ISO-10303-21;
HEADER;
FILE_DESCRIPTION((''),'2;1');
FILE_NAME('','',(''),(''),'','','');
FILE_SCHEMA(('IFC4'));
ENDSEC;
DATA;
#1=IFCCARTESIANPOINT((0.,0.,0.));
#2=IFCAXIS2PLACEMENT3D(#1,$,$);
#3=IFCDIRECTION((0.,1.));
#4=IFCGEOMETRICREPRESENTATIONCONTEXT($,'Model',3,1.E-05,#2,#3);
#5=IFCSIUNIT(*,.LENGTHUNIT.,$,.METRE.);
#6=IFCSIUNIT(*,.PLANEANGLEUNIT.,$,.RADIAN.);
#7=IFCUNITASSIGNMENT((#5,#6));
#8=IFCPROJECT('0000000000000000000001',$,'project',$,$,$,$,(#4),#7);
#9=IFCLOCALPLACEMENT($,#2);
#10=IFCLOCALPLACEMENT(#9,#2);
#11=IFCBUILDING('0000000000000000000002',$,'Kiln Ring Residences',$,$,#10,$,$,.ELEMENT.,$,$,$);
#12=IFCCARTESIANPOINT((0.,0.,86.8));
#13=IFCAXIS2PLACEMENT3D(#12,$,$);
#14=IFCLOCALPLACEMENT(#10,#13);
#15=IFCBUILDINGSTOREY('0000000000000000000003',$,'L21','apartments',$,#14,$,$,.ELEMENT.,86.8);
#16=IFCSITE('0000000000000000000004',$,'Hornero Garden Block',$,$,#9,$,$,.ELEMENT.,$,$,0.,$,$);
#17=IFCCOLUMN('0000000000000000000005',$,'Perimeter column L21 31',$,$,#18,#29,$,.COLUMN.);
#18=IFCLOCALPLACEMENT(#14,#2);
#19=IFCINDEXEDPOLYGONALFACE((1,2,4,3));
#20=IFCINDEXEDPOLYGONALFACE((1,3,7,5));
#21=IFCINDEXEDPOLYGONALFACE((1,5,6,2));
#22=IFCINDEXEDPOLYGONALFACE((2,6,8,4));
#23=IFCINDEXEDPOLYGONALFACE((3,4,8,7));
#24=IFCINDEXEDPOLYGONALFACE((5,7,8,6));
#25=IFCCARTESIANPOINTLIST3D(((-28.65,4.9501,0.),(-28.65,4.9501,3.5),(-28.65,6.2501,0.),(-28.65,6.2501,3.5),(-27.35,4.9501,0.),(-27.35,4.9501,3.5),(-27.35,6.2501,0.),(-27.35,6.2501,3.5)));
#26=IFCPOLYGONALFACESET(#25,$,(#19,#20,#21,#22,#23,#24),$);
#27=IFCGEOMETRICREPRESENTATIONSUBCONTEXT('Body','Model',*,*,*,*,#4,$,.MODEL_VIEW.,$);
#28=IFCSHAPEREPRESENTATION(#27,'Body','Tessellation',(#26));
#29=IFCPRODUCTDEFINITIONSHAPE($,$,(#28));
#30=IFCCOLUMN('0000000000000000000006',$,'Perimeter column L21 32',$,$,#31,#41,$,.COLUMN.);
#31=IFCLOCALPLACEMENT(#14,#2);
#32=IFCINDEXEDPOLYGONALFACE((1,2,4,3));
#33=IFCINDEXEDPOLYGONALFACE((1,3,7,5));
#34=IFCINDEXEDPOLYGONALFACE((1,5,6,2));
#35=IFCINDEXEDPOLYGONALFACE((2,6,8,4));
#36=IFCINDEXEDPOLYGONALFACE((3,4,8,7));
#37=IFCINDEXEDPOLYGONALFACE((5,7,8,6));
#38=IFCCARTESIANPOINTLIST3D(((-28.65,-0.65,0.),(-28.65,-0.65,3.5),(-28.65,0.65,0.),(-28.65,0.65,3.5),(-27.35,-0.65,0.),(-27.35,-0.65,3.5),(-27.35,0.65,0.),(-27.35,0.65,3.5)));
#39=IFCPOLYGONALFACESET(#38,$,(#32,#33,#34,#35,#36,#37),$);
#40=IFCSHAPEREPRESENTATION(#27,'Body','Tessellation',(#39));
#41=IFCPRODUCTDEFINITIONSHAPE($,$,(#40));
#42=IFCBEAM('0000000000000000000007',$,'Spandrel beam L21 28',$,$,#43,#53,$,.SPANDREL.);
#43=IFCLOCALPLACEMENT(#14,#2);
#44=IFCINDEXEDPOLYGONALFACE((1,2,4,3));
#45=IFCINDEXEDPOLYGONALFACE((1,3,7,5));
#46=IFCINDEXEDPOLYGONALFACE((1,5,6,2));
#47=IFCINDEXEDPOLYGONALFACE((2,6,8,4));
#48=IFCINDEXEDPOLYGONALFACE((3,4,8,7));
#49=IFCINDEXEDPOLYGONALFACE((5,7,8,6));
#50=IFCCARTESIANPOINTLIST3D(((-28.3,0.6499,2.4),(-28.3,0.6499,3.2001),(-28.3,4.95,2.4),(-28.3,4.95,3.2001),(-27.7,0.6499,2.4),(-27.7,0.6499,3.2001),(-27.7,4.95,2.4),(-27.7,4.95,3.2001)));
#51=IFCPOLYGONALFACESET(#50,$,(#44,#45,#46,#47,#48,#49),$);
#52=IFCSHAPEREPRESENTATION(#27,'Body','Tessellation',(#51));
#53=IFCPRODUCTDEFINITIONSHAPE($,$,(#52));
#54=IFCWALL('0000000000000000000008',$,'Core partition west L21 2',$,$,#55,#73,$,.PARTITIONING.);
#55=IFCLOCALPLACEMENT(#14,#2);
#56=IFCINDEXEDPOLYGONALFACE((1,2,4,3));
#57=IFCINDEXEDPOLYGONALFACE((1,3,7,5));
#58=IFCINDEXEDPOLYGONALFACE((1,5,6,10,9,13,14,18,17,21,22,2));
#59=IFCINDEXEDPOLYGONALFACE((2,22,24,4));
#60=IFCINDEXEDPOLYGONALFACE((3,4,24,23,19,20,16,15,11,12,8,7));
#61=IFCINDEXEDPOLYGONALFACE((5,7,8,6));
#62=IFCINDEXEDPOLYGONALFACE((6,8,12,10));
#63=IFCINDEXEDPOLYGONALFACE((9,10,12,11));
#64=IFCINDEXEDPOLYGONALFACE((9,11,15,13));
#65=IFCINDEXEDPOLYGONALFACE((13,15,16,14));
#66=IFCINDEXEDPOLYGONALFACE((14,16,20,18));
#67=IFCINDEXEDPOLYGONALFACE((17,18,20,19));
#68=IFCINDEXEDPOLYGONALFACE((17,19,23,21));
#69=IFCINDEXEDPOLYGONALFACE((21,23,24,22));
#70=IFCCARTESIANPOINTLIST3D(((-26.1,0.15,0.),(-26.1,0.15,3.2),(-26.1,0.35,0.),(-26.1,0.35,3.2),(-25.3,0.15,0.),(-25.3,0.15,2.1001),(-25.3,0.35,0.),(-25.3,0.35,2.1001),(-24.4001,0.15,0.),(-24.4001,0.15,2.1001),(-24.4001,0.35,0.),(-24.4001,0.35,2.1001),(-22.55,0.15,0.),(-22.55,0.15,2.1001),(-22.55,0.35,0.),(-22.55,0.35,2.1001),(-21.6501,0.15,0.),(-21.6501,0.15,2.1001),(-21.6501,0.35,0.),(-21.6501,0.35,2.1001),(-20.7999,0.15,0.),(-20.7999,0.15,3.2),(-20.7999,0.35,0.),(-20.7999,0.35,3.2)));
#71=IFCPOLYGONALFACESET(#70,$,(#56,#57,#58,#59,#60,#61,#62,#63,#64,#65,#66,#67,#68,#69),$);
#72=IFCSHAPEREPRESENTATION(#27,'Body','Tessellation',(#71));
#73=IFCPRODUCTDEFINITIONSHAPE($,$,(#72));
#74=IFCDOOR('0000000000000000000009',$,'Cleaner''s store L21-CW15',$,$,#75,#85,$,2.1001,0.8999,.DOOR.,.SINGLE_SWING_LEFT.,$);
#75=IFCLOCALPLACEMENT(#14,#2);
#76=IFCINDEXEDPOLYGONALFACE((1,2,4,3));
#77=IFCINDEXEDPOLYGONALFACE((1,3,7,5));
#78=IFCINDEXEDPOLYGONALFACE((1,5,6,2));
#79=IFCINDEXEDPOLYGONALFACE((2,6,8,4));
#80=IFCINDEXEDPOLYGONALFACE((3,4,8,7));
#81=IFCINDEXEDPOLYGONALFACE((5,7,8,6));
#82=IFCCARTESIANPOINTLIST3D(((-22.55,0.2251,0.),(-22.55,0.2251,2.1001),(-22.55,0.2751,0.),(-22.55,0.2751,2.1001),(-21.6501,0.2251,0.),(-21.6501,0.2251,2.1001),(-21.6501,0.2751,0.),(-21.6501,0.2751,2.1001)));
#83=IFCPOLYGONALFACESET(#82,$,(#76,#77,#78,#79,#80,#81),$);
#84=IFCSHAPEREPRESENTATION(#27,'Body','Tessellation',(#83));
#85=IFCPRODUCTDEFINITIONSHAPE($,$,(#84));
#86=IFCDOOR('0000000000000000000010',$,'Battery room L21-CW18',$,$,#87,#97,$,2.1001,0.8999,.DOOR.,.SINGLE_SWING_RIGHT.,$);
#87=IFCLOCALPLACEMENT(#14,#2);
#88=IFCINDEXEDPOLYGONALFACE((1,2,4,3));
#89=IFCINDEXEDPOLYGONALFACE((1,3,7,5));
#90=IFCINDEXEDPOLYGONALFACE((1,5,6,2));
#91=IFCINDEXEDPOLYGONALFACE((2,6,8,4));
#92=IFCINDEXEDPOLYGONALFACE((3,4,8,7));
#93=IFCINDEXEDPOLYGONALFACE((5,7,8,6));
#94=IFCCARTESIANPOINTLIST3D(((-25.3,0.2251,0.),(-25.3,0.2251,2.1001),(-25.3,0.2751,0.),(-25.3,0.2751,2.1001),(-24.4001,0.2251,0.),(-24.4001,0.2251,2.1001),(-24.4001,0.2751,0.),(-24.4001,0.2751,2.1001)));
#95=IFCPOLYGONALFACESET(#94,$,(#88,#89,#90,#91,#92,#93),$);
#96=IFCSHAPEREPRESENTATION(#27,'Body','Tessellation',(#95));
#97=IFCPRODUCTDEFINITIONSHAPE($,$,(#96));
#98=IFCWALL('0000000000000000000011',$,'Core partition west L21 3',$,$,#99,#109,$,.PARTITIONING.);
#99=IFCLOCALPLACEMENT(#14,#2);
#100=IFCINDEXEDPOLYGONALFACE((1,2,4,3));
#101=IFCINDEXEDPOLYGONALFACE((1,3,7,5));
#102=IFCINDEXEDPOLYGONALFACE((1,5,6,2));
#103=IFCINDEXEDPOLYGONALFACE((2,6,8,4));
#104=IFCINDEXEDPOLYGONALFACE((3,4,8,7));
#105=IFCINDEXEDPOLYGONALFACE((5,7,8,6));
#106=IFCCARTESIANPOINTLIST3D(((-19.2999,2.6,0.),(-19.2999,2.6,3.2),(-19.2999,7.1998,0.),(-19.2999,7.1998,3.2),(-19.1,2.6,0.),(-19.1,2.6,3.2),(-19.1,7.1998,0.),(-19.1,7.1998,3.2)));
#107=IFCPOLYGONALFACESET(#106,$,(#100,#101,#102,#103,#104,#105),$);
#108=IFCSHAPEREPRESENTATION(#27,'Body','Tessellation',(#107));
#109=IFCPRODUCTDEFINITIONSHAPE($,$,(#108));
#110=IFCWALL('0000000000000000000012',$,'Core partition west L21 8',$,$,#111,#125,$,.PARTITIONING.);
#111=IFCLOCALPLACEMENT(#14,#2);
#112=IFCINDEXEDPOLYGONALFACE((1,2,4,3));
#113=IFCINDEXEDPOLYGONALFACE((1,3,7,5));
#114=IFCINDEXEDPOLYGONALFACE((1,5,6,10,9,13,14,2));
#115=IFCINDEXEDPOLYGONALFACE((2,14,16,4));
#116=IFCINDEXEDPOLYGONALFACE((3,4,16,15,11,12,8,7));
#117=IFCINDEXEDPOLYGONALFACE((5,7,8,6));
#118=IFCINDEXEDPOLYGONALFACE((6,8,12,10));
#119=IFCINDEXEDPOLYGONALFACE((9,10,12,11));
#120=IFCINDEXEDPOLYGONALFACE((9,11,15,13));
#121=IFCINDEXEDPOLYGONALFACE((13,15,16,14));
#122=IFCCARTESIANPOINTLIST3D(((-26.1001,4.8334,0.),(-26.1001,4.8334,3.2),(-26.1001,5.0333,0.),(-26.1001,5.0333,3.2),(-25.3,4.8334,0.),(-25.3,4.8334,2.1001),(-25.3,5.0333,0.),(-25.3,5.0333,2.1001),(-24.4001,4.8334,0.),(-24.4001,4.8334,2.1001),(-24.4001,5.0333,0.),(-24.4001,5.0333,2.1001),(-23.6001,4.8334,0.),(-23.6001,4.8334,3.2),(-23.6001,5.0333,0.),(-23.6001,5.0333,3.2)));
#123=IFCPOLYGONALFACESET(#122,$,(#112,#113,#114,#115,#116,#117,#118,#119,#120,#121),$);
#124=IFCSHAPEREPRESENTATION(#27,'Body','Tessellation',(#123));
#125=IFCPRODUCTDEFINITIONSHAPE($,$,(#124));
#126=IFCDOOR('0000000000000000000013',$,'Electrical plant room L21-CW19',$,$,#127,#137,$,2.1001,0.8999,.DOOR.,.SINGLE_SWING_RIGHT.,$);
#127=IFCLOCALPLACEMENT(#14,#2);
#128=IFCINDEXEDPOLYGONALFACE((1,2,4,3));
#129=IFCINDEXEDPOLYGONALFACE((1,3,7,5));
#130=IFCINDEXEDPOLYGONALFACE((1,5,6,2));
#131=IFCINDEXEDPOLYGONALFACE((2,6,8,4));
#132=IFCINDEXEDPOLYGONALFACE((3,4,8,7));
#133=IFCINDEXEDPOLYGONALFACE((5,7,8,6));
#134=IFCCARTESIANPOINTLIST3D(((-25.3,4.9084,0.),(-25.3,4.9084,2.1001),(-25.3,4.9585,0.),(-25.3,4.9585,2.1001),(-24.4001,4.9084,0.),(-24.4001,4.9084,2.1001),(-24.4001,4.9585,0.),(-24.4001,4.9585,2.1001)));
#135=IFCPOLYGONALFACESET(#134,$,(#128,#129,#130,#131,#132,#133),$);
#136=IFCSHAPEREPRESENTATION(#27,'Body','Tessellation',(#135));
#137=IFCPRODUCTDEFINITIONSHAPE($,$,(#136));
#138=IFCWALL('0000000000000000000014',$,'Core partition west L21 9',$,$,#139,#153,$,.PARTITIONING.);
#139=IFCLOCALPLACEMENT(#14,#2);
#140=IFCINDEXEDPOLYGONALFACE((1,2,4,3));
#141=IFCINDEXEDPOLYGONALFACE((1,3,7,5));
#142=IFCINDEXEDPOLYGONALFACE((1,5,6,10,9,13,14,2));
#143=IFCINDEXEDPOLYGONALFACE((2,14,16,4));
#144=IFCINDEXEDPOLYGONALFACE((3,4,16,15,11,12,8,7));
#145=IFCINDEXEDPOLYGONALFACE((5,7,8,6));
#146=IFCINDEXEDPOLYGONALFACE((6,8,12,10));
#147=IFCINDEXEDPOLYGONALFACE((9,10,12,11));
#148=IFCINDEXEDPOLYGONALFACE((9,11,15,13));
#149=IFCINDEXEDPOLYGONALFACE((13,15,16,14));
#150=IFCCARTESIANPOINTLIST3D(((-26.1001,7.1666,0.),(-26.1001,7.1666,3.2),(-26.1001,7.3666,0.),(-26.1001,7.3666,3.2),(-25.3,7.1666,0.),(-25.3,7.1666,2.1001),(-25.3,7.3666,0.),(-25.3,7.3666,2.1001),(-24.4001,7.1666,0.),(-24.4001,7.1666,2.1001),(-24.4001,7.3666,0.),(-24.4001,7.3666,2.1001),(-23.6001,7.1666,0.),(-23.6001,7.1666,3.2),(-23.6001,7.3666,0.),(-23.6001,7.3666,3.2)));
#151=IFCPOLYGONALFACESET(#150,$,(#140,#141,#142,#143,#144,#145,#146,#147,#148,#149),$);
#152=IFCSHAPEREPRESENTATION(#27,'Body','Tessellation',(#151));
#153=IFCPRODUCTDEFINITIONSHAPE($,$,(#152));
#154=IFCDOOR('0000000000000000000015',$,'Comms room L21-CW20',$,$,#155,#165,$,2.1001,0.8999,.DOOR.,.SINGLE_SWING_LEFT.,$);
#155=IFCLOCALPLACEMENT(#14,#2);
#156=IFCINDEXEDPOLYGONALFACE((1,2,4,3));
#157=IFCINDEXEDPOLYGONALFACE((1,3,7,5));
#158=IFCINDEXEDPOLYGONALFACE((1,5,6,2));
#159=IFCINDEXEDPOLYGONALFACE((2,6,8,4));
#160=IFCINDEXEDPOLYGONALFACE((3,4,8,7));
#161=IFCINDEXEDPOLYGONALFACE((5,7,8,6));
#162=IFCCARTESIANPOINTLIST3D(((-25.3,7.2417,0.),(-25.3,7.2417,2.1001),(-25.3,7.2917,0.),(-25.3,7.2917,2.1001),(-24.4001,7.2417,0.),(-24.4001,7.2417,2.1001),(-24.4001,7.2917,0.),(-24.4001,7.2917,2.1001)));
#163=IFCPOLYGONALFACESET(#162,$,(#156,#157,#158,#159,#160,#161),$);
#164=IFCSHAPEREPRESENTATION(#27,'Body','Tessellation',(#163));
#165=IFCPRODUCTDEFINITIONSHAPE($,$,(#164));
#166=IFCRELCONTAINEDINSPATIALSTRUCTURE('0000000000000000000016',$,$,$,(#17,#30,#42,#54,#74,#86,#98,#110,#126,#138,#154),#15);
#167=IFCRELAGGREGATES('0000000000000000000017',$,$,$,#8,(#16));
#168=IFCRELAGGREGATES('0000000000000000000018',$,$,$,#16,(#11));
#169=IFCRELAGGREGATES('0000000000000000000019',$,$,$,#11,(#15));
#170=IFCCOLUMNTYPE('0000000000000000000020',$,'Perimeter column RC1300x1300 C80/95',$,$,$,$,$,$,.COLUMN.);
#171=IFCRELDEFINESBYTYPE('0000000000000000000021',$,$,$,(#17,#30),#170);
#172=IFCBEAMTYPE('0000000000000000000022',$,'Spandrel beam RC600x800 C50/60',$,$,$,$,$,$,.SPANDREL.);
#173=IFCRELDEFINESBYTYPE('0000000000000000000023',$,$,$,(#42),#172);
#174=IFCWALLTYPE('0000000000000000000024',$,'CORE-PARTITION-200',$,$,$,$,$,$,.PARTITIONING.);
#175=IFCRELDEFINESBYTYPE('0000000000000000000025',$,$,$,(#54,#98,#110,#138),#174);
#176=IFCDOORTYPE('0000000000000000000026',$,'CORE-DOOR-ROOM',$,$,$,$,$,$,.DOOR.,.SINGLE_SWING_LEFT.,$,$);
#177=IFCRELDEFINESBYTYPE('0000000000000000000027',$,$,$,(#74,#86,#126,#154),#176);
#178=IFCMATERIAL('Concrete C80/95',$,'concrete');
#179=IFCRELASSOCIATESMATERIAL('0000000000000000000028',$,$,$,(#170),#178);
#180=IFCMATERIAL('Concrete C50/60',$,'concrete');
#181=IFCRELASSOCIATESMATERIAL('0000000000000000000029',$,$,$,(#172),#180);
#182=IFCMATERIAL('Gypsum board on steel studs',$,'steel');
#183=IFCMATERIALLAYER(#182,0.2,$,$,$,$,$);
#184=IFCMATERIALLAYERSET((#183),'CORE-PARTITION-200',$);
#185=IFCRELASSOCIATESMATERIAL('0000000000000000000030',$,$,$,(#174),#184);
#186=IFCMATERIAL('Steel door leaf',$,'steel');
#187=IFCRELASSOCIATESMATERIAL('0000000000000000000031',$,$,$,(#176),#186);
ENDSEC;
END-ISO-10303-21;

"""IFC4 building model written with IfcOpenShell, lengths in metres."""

from ifc_helpers import new_model, si_unit, direction, frame, frame_2d, origin, origin_2d, place, context, subcontext, project, spatial, rectangle, extrude, material, layer, layer_set, material_profile, profile_set, type_object, element, fill, save


model = new_model("IFC4")

# Units and contexts
model_context = context("Model", 3, precision=1e-05, world=origin(), true_north=direction((0.0, 1.0)))
body_context = subcontext(model_context, "Body", "Model", "MODEL_VIEW")
ifc_project = project(units=[si_unit("LENGTHUNIT", "METRE"), si_unit("PLANEANGLEUNIT", "RADIAN")], contexts=[model_context])

# Site, building, storey
site_placement = place(None, origin())
site = spatial("IfcSite", under=ifc_project, at=site_placement, Name="Hornero Garden Block", CompositionType="ELEMENT", RefElevation=0.0)
building_placement = place(site_placement, origin())
building = spatial("IfcBuilding", under=site, at=building_placement, Name="Kiln Ring Residences", CompositionType="ELEMENT")
storey_placement = place(building_placement, frame((0.0, 0.0, 86.8)))
storey = spatial("IfcBuildingStorey", under=building, at=storey_placement, Name="L21", Description="apartments", CompositionType="ELEMENT", Elevation=86.8)

# Columns
ifc_material_1 = material(Name="Concrete C80/95", Category="concrete")
ifc_material_profile_1 = material_profile(ifc_material_1, rectangle(XDim=1.3, YDim=1.3, at=origin_2d()), Name="RC1300x1300")
ifc_profile_set_1 = profile_set([ifc_material_profile_1], Name="Concrete C80/95")
column_type = type_object("IfcColumnType", Name="Perimeter column RC1300x1300 C80/95", PredefinedType="COLUMN", material=ifc_profile_set_1)
for number, where, z_axis, x_axis, name in (
    (1, (-28.0, 5.6001, 0.0), (0.0, 0.0, 1.0), (1.0, 0.0, 0.0), "Perimeter column L21 31"),
    (2, (-28.0, 0.0, 0.0), (0.0, 0.0, 1.0), (1.0, 0.0, 0.0), "Perimeter column L21 32"),
):
    element("IfcColumn", number, at=place(storey_placement, frame(where, z_axis=z_axis, x_axis=x_axis)), inside=storey, type_object=column_type, Name=name, PredefinedType="COLUMN", context=body_context, shape_type="SweptSolid", body=[
        extrude(rectangle(XDim=1.3, YDim=1.3, at=origin_2d()), origin(), (0.0, 0.0, 1.0), 3.5),
    ])

# Beam
ifc_material_2 = material(Name="Concrete C50/60", Category="concrete")
ifc_material_profile_2 = material_profile(ifc_material_2, rectangle(XDim=0.6001, YDim=0.8, at=origin_2d()), Name="RC600x800")
ifc_profile_set_2 = profile_set([ifc_material_profile_2], Name="Concrete C50/60")
beam_type = type_object("IfcBeamType", Name="Spandrel beam RC600x800 C50/60", PredefinedType="SPANDREL", material=ifc_profile_set_2)
beam_placement = place(storey_placement, frame((-28.0, 4.95, 2.8), z_axis=(0.0, -1.0, 0.0), x_axis=(1.0, 0.0, 0.0)))
element("IfcBeam", 3, at=beam_placement, inside=storey, type_object=beam_type, Name="Spandrel beam L21 28", PredefinedType="SPANDREL", context=body_context, shape_type="SweptSolid", body=[
    extrude(rectangle(XDim=0.6001, YDim=0.8, at=origin_2d()), origin(), (0.0, 0.0, 1.0), 4.3),
])

# Wall, openings, doors
ifc_material_3 = material(Name="Gypsum board on steel studs", Category="steel")
ifc_layer_1 = layer(ifc_material_3, 0.2)
ifc_layer_set_1 = layer_set([ifc_layer_1], Name="CORE-PARTITION-200")
wall_type_1 = type_object("IfcWallType", Name="CORE-PARTITION-200", PredefinedType="PARTITIONING", material=ifc_layer_set_1)
wall_1_placement = place(storey_placement, frame((-20.8, 0.25, 0.0), z_axis=(0.0, 0.0, 1.0), x_axis=(-1.0, 0.0, 0.0)))
wall_1 = element("IfcWall", 4, at=wall_1_placement, inside=storey, type_object=wall_type_1, Name="Core partition west L21 2", PredefinedType="PARTITIONING", context=body_context, shape_type="SweptSolid", body=[
    extrude(rectangle(XDim=5.3, YDim=0.2, at=frame_2d((2.6499, 0.0))), origin(), (0.0, 0.0, 1.0), 3.2),
])
opening_1_placement = place(wall_1_placement, frame((0.8501, 0.0, 0.0)))
opening_1 = element("IfcOpeningElement", 5, at=opening_1_placement, cuts=wall_1, PredefinedType="OPENING", context=body_context, shape_type="SweptSolid", body=[
    extrude(rectangle(XDim=0.8999, YDim=2.1001, at=frame_2d((0.45, 1.05))), frame((0.0, 0.1099, 0.0), z_axis=(0.0, -1.0, 0.0), x_axis=(1.0, 0.0, 0.0)), (0.0, 0.0, 1.0), 0.22),
])
opening_2_placement = place(wall_1_placement, frame((3.6001, 0.0, 0.0)))
opening_2 = element("IfcOpeningElement", 6, at=opening_2_placement, cuts=wall_1, PredefinedType="OPENING", context=body_context, shape_type="SweptSolid", body=[
    extrude(rectangle(XDim=0.8999, YDim=2.1001, at=frame_2d((0.45, 1.05))), frame((0.0, 0.1099, 0.0), z_axis=(0.0, -1.0, 0.0), x_axis=(1.0, 0.0, 0.0)), (0.0, 0.0, 1.0), 0.22),
])
ifc_material_4 = material(Name="Steel door leaf", Category="steel")
door_type = type_object("IfcDoorType", Name="CORE-DOOR-ROOM", OperationType="SINGLE_SWING_LEFT", PredefinedType="DOOR", material=ifc_material_4)
door_1_placement = place(opening_1_placement, origin())
door_1 = element("IfcDoor", 7, at=door_1_placement, inside=storey, type_object=door_type, Name="Cleaner's store L21-CW15", OperationType="SINGLE_SWING_LEFT", OverallHeight=2.1001, OverallWidth=0.8999, PredefinedType="DOOR", context=body_context, shape_type="SweptSolid", body=[
    extrude(rectangle(XDim=0.8999, YDim=2.1001, at=frame_2d((0.45, 1.05))), frame((0.0, 0.0249, 0.0), z_axis=(0.0, -1.0, 0.0), x_axis=(1.0, 0.0, 0.0)), (0.0, 0.0, 1.0), 0.05),
])
fill(opening_1, door_1)
door_2_placement = place(opening_2_placement, origin())
door_2 = element("IfcDoor", 8, at=door_2_placement, inside=storey, type_object=door_type, Name="Battery room L21-CW18", OperationType="SINGLE_SWING_RIGHT", OverallHeight=2.1001, OverallWidth=0.8999, PredefinedType="DOOR", context=body_context, shape_type="SweptSolid", body=[
    extrude(rectangle(XDim=0.8999, YDim=2.1001, at=frame_2d((0.45, 1.05))), frame((0.0, 0.0249, 0.0), z_axis=(0.0, -1.0, 0.0), x_axis=(1.0, 0.0, 0.0)), (0.0, 0.0, 1.0), 0.05),
])
fill(opening_2, door_2)

# Wall
wall_2_placement = place(storey_placement, frame((-19.2, 2.6001, 0.0), z_axis=(0.0, 0.0, 1.0), x_axis=(0.0, 1.0, 0.0)))
element("IfcWall", 9, at=wall_2_placement, inside=storey, type_object=wall_type_1, Name="Core partition west L21 3", PredefinedType="PARTITIONING", context=body_context, shape_type="SweptSolid", body=[
    extrude(rectangle(XDim=4.5999, YDim=0.2, at=frame_2d((2.2998, 0.0))), origin(), (0.0, 0.0, 1.0), 3.2),
])

# Walls, openings, doors
wall_3_placement = place(storey_placement, frame((-23.6001, 4.9333, 0.0), z_axis=(0.0, 0.0, 1.0), x_axis=(-1.0, 0.0, 0.0)))
wall_3 = element("IfcWall", 10, at=wall_3_placement, inside=storey, type_object=wall_type_1, Name="Core partition west L21 8", PredefinedType="PARTITIONING", context=body_context, shape_type="SweptSolid", body=[
    extrude(rectangle(XDim=2.5, YDim=0.2, at=frame_2d((1.25, 0.0))), origin(), (0.0, 0.0, 1.0), 3.2),
])
opening_3_placement = place(wall_3_placement, frame((0.8, 0.0, 0.0)))
opening_3 = element("IfcOpeningElement", 11, at=opening_3_placement, cuts=wall_3, PredefinedType="OPENING", context=body_context, shape_type="SweptSolid", body=[
    extrude(rectangle(XDim=0.8999, YDim=2.1001, at=frame_2d((0.45, 1.05))), frame((0.0, 0.1099, 0.0), z_axis=(0.0, -1.0, 0.0), x_axis=(1.0, 0.0, 0.0)), (0.0, 0.0, 1.0), 0.22),
])
door_3_placement = place(opening_3_placement, origin())
door_3 = element("IfcDoor", 12, at=door_3_placement, inside=storey, type_object=door_type, Name="Electrical plant room L21-CW19", OperationType="SINGLE_SWING_RIGHT", OverallHeight=2.1001, OverallWidth=0.8999, PredefinedType="DOOR", context=body_context, shape_type="SweptSolid", body=[
    extrude(rectangle(XDim=0.8999, YDim=2.1001, at=frame_2d((0.45, 1.05))), frame((0.0, 0.0249, 0.0), z_axis=(0.0, -1.0, 0.0), x_axis=(1.0, 0.0, 0.0)), (0.0, 0.0, 1.0), 0.05),
])
fill(opening_3, door_3)
wall_4_placement = place(storey_placement, frame((-23.6001, 7.2666, 0.0), z_axis=(0.0, 0.0, 1.0), x_axis=(-1.0, 0.0, 0.0)))
wall_4 = element("IfcWall", 13, at=wall_4_placement, inside=storey, type_object=wall_type_1, Name="Core partition west L21 9", PredefinedType="PARTITIONING", context=body_context, shape_type="SweptSolid", body=[
    extrude(rectangle(XDim=2.5, YDim=0.2, at=frame_2d((1.25, 0.0))), origin(), (0.0, 0.0, 1.0), 3.2),
])
opening_4_placement = place(wall_4_placement, frame((0.8, 0.0, 0.0)))
opening_4 = element("IfcOpeningElement", 14, at=opening_4_placement, cuts=wall_4, PredefinedType="OPENING", context=body_context, shape_type="SweptSolid", body=[
    extrude(rectangle(XDim=0.8999, YDim=2.1001, at=frame_2d((0.45, 1.05))), frame((0.0, 0.1099, 0.0), z_axis=(0.0, -1.0, 0.0), x_axis=(1.0, 0.0, 0.0)), (0.0, 0.0, 1.0), 0.22),
])
door_4_placement = place(opening_4_placement, origin())
door_4 = element("IfcDoor", 15, at=door_4_placement, inside=storey, type_object=door_type, Name="Comms room L21-CW20", OperationType="SINGLE_SWING_LEFT", OverallHeight=2.1001, OverallWidth=0.8999, PredefinedType="DOOR", context=body_context, shape_type="SweptSolid", body=[
    extrude(rectangle(XDim=0.8999, YDim=2.1001, at=frame_2d((0.45, 1.05))), frame((0.0, 0.0249, 0.0), z_axis=(0.0, -1.0, 0.0), x_axis=(1.0, 0.0, 0.0)), (0.0, 0.0, 1.0), 0.05),
])
fill(opening_4, door_4)

save(model, "model.ifc")
